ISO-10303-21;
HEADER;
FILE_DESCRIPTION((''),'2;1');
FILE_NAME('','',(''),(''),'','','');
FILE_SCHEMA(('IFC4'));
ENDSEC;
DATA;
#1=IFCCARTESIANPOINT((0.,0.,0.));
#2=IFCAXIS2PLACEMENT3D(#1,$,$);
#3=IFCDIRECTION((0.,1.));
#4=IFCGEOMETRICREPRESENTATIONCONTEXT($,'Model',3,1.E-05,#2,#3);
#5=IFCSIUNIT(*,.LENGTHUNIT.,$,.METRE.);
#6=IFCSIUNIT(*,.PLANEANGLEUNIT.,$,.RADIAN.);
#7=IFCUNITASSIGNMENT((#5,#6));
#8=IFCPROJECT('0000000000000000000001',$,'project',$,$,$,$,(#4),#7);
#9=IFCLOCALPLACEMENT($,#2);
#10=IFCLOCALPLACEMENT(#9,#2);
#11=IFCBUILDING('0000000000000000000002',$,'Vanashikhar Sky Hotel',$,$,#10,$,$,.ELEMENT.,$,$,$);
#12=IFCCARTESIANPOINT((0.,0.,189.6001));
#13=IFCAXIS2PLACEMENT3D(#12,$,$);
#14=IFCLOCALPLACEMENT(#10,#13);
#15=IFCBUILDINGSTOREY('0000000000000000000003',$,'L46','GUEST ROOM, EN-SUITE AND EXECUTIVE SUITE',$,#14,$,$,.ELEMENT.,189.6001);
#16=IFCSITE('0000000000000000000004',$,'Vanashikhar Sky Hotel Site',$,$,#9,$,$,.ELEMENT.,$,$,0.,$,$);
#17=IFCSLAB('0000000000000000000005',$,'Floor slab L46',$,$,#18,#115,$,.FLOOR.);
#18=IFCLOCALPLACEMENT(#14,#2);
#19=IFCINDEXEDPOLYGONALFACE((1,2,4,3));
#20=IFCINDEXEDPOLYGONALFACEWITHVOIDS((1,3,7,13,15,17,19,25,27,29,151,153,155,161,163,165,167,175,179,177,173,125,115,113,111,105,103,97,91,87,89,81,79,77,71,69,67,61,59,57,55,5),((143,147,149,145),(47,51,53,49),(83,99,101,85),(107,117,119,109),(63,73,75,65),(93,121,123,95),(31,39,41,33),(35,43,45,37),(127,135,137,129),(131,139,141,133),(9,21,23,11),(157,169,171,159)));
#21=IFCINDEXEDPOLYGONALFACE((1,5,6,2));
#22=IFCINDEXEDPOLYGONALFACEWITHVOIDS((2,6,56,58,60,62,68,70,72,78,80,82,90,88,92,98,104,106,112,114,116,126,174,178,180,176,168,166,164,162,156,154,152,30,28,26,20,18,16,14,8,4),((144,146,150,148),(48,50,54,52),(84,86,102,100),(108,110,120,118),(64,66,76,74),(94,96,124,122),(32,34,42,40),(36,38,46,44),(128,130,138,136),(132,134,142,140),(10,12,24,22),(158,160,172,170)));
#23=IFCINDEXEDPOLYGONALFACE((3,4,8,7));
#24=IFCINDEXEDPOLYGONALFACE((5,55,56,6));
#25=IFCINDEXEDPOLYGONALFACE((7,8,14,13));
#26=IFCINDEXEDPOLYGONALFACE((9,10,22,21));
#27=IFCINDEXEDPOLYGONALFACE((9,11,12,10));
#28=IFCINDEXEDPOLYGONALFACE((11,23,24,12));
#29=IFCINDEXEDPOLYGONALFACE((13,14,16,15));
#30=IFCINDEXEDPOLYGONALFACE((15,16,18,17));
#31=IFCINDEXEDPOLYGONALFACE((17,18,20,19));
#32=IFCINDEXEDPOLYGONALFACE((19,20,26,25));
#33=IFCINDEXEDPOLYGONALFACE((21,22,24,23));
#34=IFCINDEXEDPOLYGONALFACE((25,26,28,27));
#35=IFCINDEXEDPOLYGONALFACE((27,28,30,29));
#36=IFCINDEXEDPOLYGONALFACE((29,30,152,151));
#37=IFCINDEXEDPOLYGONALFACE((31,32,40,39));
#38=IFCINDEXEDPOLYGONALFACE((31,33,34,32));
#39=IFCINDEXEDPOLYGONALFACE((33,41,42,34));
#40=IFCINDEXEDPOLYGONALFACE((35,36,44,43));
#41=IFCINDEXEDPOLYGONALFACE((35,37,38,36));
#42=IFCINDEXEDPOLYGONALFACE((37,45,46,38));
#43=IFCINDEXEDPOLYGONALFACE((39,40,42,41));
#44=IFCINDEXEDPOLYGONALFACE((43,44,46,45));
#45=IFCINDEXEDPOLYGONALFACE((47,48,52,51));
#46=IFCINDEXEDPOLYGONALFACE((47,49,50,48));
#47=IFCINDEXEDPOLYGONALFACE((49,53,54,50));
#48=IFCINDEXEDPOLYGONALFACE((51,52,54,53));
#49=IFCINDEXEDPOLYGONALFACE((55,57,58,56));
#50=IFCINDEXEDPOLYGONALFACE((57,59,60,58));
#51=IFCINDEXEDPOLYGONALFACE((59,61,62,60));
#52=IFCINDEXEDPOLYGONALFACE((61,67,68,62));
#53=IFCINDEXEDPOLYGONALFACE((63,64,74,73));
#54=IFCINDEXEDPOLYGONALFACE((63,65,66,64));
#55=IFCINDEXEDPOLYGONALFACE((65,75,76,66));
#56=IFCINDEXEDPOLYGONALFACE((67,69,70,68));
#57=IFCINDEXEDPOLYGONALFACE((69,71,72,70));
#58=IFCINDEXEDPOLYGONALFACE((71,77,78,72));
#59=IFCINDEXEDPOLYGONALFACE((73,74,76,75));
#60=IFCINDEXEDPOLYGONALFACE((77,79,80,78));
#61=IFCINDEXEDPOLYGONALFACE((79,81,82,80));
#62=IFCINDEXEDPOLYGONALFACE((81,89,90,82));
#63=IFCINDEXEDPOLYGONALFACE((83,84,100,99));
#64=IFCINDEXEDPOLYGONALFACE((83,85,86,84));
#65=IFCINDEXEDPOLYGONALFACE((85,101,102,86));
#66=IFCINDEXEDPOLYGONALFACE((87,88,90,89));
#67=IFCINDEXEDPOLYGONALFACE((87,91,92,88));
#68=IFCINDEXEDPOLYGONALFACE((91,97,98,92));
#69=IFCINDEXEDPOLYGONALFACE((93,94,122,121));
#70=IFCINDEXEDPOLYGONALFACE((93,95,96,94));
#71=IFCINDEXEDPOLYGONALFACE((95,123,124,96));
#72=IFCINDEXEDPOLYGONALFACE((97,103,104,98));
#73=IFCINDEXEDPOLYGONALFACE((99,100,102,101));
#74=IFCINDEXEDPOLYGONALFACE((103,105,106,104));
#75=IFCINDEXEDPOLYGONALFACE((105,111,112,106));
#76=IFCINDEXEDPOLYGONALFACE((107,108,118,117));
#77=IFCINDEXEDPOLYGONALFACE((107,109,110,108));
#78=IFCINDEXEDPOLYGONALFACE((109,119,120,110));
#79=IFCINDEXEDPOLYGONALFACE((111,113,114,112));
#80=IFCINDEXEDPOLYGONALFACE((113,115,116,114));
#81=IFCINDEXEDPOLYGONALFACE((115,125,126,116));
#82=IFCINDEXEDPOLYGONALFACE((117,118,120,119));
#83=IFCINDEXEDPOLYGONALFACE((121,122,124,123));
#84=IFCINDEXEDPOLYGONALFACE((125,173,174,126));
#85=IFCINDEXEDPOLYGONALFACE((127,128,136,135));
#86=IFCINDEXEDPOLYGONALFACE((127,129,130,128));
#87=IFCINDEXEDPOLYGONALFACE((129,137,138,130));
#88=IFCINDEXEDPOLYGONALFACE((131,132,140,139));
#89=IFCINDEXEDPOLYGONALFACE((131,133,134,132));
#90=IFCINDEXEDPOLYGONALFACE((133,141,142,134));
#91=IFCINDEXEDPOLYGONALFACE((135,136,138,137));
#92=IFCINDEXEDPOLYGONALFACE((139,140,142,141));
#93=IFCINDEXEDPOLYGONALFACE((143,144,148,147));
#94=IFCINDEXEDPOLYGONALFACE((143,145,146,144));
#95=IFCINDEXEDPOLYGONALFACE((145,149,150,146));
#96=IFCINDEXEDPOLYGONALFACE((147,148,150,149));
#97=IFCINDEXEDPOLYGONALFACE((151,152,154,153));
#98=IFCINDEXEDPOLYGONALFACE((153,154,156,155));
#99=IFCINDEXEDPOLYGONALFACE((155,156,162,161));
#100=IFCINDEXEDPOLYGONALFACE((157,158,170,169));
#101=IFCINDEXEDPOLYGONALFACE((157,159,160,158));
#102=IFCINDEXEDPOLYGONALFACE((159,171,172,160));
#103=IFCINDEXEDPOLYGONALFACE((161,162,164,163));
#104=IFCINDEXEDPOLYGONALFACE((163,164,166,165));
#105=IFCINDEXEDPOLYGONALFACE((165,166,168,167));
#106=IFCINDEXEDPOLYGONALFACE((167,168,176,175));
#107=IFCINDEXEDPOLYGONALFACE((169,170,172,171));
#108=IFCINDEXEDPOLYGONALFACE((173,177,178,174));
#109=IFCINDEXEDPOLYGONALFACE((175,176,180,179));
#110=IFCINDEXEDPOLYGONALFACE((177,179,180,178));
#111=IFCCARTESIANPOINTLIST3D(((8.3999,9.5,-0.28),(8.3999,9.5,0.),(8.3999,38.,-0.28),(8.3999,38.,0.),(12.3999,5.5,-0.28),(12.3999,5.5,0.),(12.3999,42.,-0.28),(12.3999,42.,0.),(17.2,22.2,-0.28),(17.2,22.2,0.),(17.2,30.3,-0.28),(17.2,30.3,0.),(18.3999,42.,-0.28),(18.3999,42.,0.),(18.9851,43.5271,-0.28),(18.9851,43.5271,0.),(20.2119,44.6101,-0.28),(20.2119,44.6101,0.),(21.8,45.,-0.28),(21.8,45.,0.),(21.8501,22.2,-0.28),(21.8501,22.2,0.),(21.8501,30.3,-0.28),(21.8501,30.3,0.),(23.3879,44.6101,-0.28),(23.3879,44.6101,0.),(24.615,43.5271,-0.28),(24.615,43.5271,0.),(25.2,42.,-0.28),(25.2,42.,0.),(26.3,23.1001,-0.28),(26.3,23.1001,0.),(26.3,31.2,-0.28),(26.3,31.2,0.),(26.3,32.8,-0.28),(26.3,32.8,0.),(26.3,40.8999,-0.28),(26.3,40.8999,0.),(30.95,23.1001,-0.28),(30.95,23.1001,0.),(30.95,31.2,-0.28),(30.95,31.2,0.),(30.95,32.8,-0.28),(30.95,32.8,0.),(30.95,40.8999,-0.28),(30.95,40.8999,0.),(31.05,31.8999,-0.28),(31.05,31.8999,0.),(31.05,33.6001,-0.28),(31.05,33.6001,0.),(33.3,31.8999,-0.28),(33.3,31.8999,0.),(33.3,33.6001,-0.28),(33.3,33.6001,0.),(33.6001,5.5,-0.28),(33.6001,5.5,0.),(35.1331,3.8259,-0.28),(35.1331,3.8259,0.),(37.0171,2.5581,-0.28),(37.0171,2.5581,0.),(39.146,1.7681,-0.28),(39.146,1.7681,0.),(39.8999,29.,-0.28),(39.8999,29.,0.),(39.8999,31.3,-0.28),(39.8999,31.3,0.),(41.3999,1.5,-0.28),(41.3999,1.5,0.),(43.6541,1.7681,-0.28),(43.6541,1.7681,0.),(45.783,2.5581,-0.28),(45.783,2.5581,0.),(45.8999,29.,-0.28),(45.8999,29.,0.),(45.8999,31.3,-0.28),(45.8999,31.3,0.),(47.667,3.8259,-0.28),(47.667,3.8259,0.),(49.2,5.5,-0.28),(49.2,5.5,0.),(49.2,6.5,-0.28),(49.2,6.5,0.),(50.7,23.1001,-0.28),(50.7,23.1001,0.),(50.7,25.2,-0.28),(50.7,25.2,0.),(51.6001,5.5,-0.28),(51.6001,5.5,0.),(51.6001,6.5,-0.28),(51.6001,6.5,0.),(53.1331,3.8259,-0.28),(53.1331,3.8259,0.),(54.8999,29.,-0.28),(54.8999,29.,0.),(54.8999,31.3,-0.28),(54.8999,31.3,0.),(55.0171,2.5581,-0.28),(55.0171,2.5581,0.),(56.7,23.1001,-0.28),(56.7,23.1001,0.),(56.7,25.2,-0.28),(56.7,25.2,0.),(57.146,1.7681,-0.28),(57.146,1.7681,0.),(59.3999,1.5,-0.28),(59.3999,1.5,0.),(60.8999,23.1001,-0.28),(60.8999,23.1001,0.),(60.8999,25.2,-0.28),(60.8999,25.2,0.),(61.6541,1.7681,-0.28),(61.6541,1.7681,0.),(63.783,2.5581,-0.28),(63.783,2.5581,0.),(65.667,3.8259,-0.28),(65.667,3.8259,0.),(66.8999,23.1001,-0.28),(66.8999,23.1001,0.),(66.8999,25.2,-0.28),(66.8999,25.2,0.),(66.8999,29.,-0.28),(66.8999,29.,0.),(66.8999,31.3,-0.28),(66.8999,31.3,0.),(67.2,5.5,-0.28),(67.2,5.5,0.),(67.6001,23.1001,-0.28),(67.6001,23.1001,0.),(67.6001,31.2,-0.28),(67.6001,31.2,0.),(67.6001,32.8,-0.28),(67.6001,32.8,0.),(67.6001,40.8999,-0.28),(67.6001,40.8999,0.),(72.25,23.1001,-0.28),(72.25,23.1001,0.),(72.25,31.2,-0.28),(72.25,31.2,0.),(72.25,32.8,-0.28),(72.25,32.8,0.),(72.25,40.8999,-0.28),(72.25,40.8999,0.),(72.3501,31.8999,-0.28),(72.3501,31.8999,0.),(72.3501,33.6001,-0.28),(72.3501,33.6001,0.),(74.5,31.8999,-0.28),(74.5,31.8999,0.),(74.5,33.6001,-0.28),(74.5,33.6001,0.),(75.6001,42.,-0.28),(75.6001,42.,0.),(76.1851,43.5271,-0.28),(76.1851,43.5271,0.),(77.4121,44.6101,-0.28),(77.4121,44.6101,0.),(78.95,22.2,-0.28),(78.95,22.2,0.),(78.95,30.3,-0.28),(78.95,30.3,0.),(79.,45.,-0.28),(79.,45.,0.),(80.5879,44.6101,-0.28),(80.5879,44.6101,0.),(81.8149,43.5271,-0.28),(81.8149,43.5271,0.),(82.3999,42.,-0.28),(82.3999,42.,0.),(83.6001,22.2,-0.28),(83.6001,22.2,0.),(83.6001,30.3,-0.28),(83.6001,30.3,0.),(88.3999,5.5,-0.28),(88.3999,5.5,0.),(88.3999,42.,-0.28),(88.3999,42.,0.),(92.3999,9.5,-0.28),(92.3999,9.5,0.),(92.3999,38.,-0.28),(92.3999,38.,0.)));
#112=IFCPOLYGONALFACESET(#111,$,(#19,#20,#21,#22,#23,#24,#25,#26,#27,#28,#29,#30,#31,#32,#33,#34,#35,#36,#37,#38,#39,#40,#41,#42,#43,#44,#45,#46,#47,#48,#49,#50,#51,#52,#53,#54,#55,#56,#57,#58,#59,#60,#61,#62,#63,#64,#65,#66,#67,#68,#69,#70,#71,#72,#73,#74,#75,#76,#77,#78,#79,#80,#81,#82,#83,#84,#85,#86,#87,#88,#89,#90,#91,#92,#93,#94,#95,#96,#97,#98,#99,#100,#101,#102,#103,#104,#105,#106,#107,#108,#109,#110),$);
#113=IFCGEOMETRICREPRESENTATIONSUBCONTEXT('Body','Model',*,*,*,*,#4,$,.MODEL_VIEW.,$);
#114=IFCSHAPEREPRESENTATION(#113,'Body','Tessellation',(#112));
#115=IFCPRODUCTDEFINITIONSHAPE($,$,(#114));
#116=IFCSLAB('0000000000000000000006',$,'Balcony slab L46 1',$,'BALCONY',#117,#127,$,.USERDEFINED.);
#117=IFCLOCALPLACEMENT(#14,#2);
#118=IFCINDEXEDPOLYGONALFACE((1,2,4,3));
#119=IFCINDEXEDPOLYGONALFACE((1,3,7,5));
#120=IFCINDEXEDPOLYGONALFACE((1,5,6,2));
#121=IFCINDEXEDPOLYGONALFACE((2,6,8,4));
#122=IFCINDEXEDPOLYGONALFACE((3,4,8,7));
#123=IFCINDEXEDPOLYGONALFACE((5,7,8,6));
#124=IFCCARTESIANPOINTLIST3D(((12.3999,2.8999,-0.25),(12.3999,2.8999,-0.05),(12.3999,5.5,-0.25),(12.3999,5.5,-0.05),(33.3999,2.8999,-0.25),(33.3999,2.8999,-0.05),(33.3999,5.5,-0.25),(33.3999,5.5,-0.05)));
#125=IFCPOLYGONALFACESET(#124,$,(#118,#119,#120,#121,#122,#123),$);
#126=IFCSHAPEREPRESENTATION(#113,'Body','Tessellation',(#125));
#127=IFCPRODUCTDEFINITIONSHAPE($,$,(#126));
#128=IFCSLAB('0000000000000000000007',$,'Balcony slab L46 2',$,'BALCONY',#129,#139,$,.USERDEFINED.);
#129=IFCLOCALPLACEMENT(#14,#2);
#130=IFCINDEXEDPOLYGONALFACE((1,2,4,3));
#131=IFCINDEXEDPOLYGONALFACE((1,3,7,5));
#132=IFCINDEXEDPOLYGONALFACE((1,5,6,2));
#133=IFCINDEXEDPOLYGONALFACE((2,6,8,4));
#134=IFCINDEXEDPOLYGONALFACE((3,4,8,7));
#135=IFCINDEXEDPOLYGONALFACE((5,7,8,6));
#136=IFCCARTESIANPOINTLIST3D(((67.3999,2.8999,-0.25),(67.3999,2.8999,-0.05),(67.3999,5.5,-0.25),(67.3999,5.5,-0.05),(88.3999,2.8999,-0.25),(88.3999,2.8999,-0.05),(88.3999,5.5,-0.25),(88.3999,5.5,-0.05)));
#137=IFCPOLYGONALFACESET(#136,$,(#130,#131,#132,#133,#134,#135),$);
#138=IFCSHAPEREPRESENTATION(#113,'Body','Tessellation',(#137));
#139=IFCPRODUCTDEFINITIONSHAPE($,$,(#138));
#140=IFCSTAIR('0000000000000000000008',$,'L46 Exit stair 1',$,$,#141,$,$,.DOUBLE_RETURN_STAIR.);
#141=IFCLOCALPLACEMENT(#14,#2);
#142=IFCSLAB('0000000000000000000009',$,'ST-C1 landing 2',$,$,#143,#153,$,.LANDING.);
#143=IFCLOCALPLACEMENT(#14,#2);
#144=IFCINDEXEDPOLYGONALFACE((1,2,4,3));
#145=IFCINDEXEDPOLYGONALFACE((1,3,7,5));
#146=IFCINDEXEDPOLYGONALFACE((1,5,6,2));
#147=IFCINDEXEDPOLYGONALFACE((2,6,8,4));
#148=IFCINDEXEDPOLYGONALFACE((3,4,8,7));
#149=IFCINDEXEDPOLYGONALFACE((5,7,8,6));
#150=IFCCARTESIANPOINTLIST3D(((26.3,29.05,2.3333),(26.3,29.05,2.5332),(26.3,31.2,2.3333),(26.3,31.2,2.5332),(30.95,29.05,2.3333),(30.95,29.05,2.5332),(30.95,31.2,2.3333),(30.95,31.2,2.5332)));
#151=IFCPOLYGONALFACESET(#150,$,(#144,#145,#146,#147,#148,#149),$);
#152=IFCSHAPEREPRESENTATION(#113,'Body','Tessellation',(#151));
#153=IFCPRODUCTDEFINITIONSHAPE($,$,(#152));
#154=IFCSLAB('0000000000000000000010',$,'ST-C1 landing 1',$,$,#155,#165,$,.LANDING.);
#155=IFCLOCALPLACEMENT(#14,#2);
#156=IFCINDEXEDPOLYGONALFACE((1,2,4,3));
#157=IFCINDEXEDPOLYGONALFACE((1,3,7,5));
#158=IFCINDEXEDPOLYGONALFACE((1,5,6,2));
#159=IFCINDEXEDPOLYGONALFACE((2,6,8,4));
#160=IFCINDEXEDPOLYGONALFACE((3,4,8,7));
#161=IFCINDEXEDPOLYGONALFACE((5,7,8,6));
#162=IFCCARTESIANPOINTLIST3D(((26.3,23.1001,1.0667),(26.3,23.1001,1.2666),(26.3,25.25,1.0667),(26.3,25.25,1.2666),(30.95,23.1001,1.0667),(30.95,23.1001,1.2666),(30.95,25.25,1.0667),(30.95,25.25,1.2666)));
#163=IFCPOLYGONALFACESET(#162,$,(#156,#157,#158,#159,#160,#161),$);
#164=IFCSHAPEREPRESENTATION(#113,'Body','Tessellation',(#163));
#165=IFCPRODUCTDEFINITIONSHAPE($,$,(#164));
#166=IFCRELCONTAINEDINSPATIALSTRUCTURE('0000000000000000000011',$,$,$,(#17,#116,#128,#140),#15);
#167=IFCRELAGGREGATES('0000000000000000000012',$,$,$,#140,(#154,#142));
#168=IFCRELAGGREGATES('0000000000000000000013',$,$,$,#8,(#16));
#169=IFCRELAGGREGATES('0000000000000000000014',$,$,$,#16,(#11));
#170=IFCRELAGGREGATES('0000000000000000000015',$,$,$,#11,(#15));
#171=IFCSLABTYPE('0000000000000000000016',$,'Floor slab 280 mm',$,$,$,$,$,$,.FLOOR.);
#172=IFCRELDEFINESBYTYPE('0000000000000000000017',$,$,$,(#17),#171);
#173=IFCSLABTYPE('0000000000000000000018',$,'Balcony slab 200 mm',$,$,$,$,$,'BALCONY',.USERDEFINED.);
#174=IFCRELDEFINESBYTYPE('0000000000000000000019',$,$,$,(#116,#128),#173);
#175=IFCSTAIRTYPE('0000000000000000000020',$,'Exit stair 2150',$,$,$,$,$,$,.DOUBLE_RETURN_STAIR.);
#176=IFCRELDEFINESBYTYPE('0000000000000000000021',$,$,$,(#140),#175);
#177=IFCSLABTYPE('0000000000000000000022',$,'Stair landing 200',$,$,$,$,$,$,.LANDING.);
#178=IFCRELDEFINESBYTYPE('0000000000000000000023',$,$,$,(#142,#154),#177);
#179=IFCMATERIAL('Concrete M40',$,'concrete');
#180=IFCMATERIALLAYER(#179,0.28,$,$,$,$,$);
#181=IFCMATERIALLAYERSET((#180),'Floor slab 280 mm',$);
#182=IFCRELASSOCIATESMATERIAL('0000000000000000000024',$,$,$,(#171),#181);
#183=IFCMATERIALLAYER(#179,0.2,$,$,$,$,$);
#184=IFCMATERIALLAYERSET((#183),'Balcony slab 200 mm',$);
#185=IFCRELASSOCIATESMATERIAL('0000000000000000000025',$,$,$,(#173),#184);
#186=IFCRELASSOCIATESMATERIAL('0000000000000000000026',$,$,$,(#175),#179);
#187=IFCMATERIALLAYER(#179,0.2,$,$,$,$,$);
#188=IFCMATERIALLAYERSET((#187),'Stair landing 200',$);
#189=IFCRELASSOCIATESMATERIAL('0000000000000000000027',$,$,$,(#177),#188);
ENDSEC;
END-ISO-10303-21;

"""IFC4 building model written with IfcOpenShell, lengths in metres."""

from ifc_helpers import new_model, si_unit, direction, frame, origin, place, context, subcontext, project, spatial, polyline, outline, extrude, source, transform, mapped, material, layer, layer_set, type_object, element, aggregate, save


model = new_model("IFC4")

# Units and contexts
model_context = context("Model", 3, precision=1e-05, world=origin(), true_north=direction((0.0, 1.0)))
body_context = subcontext(model_context, "Body", "Model", "MODEL_VIEW")
ifc_project = project(units=[si_unit("LENGTHUNIT", "METRE"), si_unit("PLANEANGLEUNIT", "RADIAN")], contexts=[model_context])

# Site, building, storey
site_placement = place(None, origin())
site = spatial("IfcSite", under=ifc_project, at=site_placement, Name="Vanashikhar Sky Hotel Site", CompositionType="ELEMENT", RefElevation=0.0)
building_placement = place(site_placement, origin())
building = spatial("IfcBuilding", under=site, at=building_placement, Name="Vanashikhar Sky Hotel", CompositionType="ELEMENT")
storey_placement = place(building_placement, frame((0.0, 0.0, 189.6001)))
storey = spatial("IfcBuildingStorey", under=building, at=storey_placement, Name="L46", Description="GUEST ROOM, EN-SUITE AND EXECUTIVE SUITE", CompositionType="ELEMENT", Elevation=189.6001)

# Slabs
ifc_material = material(Name="Concrete M40", Category="concrete")
ifc_layer_1 = layer(ifc_material, 0.28)
ifc_layer_set_1 = layer_set([ifc_layer_1], Name="Floor slab 280 mm")
slab_type_1 = type_object("IfcSlabType", Name="Floor slab 280 mm", PredefinedType="FLOOR", material=ifc_layer_set_1)
shared_shape_1 = source(origin(), body_context, "Body", "SweptSolid", [
    extrude(outline(polyline([(49.2, 5.5), (49.2, 6.5), (51.6001, 6.5), (51.6001, 5.5), (53.1331, 3.8259), (55.0171, 2.5581), (57.146, 1.7681), (59.3999, 1.5), (61.6541, 1.7681), (63.783, 2.5581), (65.667, 3.8259), (67.2, 5.5), (88.3999, 5.5), (92.3999, 9.5), (92.3999, 38.0), (88.3999, 42.0), (82.3999, 42.0), (81.8149, 43.5271), (80.5879, 44.6101), (79.0, 45.0), (77.4121, 44.6101), (76.1851, 43.5271), (75.6001, 42.0), (25.2, 42.0), (24.615, 43.5271), (23.3879, 44.6101), (21.8, 45.0), (20.2119, 44.6101), (18.9851, 43.5271), (18.3999, 42.0), (12.3999, 42.0), (8.3999, 38.0), (8.3999, 9.5), (12.3999, 5.5), (33.6001, 5.5), (35.1331, 3.8259), (37.0171, 2.5581), (39.146, 1.7681), (41.3999, 1.5), (43.6541, 1.7681), (45.783, 2.5581), (47.667, 3.8259), (49.2, 5.5)]), holes=[polyline([(33.3, 33.6001), (31.05, 33.6001), (31.05, 31.8999), (33.3, 31.8999), (33.3, 33.6001)]), polyline([(39.8999, 31.3), (39.8999, 29.0), (45.8999, 29.0), (45.8999, 31.3), (39.8999, 31.3)]), polyline([(50.7, 25.2), (50.7, 23.1001), (56.7, 23.1001), (56.7, 25.2), (50.7, 25.2)]), polyline([(66.8999, 29.0), (66.8999, 31.3), (54.8999, 31.3), (54.8999, 29.0), (66.8999, 29.0)]), polyline([(60.8999, 25.2), (60.8999, 23.1001), (66.8999, 23.1001), (66.8999, 25.2), (60.8999, 25.2)]), polyline([(74.5, 33.6001), (72.3501, 33.6001), (72.3501, 31.8999), (74.5, 31.8999), (74.5, 33.6001)]), polyline([(30.95, 23.1001), (30.95, 31.2), (26.3, 31.2), (26.3, 23.1001), (30.95, 23.1001)]), polyline([(72.25, 23.1001), (72.25, 31.2), (67.6001, 31.2), (67.6001, 23.1001), (72.25, 23.1001)]), polyline([(30.95, 32.8), (30.95, 40.8999), (26.3, 40.8999), (26.3, 32.8), (30.95, 32.8)]), polyline([(72.25, 32.8), (72.25, 40.8999), (67.6001, 40.8999), (67.6001, 32.8), (72.25, 32.8)]), polyline([(83.6001, 22.2), (83.6001, 30.3), (78.95, 30.3), (78.95, 22.2), (83.6001, 22.2)]), polyline([(21.8501, 22.2), (21.8501, 30.3), (17.2, 30.3), (17.2, 22.2), (21.8501, 22.2)])]), origin(), (0.0, 0.0, 1.0), 0.28),
])
slab_1_placement = place(storey_placement, frame((0.0, 0.0, -0.28)))
element("IfcSlab", 1, at=slab_1_placement, inside=storey, type_object=slab_type_1, Name="Floor slab L46", PredefinedType="FLOOR", context=body_context, shape_type="MappedRepresentation", body=[
    mapped(shared_shape_1, transform((0.0, 0.0, 0.0), scale=1.0)),
])
ifc_layer_2 = layer(ifc_material, 0.2)
ifc_layer_set_2 = layer_set([ifc_layer_2], Name="Balcony slab 200 mm")
slab_type_2 = type_object("IfcSlabType", Name="Balcony slab 200 mm", ElementType="BALCONY", PredefinedType="USERDEFINED", material=ifc_layer_set_2)
shared_shape_2 = source(origin(), body_context, "Body", "SweptSolid", [
    extrude(outline(polyline([(12.3999, 2.8999), (33.3999, 2.8999), (33.3999, 5.5), (12.3999, 5.5), (12.3999, 2.8999)])), origin(), (0.0, 0.0, 1.0), 0.2),
])
slab_2_placement = place(storey_placement, frame((0.0, 0.0, -0.25)))
element("IfcSlab", 2, at=slab_2_placement, inside=storey, type_object=slab_type_2, Name="Balcony slab L46 1", ObjectType="BALCONY", PredefinedType="USERDEFINED", context=body_context, shape_type="MappedRepresentation", body=[
    mapped(shared_shape_2, transform((0.0, 0.0, 0.0), scale=1.0)),
])
shared_shape_3 = source(origin(), body_context, "Body", "SweptSolid", [
    extrude(outline(polyline([(67.3999, 2.8999), (88.3999, 2.8999), (88.3999, 5.5), (67.3999, 5.5), (67.3999, 2.8999)])), origin(), (0.0, 0.0, 1.0), 0.2),
])
slab_3_placement = place(storey_placement, frame((0.0, 0.0, -0.25)))
element("IfcSlab", 3, at=slab_3_placement, inside=storey, type_object=slab_type_2, Name="Balcony slab L46 2", ObjectType="BALCONY", PredefinedType="USERDEFINED", context=body_context, shape_type="MappedRepresentation", body=[
    mapped(shared_shape_3, transform((0.0, 0.0, 0.0), scale=1.0)),
])

# Stair, slabs
stair_type = type_object("IfcStairType", Name="Exit stair 2150", PredefinedType="DOUBLE_RETURN_STAIR", material=ifc_material)
stair_1_placement = place(storey_placement, origin())
stair_1 = element("IfcStair", 4, at=stair_1_placement, inside=storey, type_object=stair_type, Name="L46 Exit stair 1", PredefinedType="DOUBLE_RETURN_STAIR")
ifc_layer_3 = layer(ifc_material, 0.2)
ifc_layer_set_3 = layer_set([ifc_layer_3], Name="Stair landing 200")
slab_type_3 = type_object("IfcSlabType", Name="Stair landing 200", PredefinedType="LANDING", material=ifc_layer_set_3)
shared_shape_4 = source(origin(), body_context, "Body", "SweptSolid", [
    extrude(outline(polyline([(30.95, 29.05), (30.95, 31.2), (26.3, 31.2), (26.3, 29.05), (30.95, 29.05)])), origin(), (0.0, 0.0, 1.0), 0.2),
])
slab_4_placement = place(storey_placement, frame((0.0, 0.0, 2.3333)))
slab_4 = element("IfcSlab", 5, at=slab_4_placement, type_object=slab_type_3, Name="ST-C1 landing 2", PredefinedType="LANDING", context=body_context, shape_type="MappedRepresentation", body=[
    mapped(shared_shape_4, transform((0.0, 0.0, 0.0), scale=1.0)),
])
shared_shape_5 = source(origin(), body_context, "Body", "SweptSolid", [
    extrude(outline(polyline([(30.95, 23.1001), (30.95, 25.25), (26.3, 25.25), (26.3, 23.1001), (30.95, 23.1001)])), origin(), (0.0, 0.0, 1.0), 0.2),
])
slab_5_placement = place(storey_placement, frame((0.0, 0.0, 1.0667)))
slab_5 = element("IfcSlab", 6, at=slab_5_placement, type_object=slab_type_3, Name="ST-C1 landing 1", PredefinedType="LANDING", context=body_context, shape_type="MappedRepresentation", body=[
    mapped(shared_shape_5, transform((0.0, 0.0, 0.0), scale=1.0)),
])
aggregate(stair_1, [slab_5, slab_4])

save(model, "model.ifc")
